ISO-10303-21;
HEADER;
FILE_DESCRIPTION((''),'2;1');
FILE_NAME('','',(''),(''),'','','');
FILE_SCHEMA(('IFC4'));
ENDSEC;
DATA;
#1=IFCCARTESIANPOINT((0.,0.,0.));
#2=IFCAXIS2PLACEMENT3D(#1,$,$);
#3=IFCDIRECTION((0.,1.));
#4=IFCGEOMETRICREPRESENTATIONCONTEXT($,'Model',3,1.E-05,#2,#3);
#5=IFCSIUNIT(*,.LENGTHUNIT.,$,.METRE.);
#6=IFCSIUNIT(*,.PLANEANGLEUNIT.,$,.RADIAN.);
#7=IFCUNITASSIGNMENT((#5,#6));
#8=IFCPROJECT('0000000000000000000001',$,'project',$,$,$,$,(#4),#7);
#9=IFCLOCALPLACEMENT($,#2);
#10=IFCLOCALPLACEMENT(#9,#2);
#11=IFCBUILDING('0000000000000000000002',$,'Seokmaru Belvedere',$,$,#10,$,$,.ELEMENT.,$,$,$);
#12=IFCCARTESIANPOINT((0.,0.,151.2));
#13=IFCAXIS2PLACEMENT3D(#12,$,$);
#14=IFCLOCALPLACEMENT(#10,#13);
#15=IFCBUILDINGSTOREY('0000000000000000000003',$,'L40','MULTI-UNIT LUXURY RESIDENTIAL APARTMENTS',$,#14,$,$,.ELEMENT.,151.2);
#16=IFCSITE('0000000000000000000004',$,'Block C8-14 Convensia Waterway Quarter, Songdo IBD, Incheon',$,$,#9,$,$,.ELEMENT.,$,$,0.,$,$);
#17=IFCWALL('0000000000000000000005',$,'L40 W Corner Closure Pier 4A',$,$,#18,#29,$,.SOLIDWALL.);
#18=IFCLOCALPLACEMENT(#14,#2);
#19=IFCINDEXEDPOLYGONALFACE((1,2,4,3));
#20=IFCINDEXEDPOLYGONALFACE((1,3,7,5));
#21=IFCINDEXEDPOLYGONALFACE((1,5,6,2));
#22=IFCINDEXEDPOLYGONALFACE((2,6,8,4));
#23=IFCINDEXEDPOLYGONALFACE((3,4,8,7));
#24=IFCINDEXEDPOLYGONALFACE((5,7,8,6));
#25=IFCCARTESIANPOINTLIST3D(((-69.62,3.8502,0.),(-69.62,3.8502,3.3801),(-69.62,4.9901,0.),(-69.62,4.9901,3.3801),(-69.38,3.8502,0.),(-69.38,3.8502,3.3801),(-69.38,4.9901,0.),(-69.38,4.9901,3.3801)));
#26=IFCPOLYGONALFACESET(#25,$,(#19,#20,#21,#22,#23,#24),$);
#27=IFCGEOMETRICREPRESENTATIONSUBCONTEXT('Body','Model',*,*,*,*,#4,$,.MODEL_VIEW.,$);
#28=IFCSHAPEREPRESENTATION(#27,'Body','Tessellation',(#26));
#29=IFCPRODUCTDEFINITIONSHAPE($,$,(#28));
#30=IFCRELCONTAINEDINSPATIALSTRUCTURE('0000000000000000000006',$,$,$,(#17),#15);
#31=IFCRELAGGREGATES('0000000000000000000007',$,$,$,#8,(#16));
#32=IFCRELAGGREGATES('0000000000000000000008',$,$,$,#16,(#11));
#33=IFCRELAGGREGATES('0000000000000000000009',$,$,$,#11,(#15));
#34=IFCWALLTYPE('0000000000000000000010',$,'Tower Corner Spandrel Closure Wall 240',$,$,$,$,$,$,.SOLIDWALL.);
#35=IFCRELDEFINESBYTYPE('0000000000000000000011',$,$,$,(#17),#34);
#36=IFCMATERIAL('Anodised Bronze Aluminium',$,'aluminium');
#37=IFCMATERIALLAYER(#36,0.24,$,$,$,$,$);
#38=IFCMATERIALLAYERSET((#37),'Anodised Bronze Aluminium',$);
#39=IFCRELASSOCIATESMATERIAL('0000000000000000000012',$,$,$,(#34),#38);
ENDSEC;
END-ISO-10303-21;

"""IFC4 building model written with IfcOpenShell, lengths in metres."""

from ifc_helpers import new_model, si_unit, direction, frame, frame_2d, origin, place, context, subcontext, project, spatial, rectangle, extrude, material, layer, layer_set, type_object, element, save


model = new_model("IFC4")

# Units and contexts
model_context = context("Model", 3, precision=1e-05, world=origin(), true_north=direction((0.0, 1.0)))
body_context = subcontext(model_context, "Body", "Model", "MODEL_VIEW")
ifc_project = project(units=[si_unit("LENGTHUNIT", "METRE"), si_unit("PLANEANGLEUNIT", "RADIAN")], contexts=[model_context])

# Site, building, storey
site_placement = place(None, origin())
site = spatial("IfcSite", under=ifc_project, at=site_placement, Name="Block C8-14 Convensia Waterway Quarter, Songdo IBD, Incheon", CompositionType="ELEMENT", RefElevation=0.0)
building_placement = place(site_placement, origin())
building = spatial("IfcBuilding", under=site, at=building_placement, Name="Seokmaru Belvedere", CompositionType="ELEMENT")
storey_placement = place(building_placement, frame((0.0, 0.0, 151.2)))
storey = spatial("IfcBuildingStorey", under=building, at=storey_placement, Name="L40", Description="MULTI-UNIT LUXURY RESIDENTIAL APARTMENTS", CompositionType="ELEMENT", Elevation=151.2)

# Shared definitions
ifc_material_1 = material(Name="Anodised Bronze Aluminium", Category="aluminium")

# Wall
ifc_layer_1 = layer(ifc_material_1, 0.24)
ifc_layer_set_1 = layer_set([ifc_layer_1], Name="Anodised Bronze Aluminium")
wall_type_1 = type_object("IfcWallType", Name="Tower Corner Spandrel Closure Wall 240", PredefinedType="SOLIDWALL", material=ifc_layer_set_1)
wall_1_placement = place(storey_placement, frame((-69.5, 4.99, 0.0), z_axis=(0.0, 0.0, 1.0), x_axis=(0.0, -1.0, 0.0)))
element("IfcWall", 1, at=wall_1_placement, inside=storey, type_object=wall_type_1, Name="L40 W Corner Closure Pier 4A", PredefinedType="SOLIDWALL", context=body_context, shape_type="SweptSolid", body=[
    extrude(rectangle(XDim=1.1399, YDim=0.24, at=frame_2d((0.5698, 0.0))), origin(), (0.0, 0.0, 1.0), 3.3801),
])

save(model, "model.ifc")
